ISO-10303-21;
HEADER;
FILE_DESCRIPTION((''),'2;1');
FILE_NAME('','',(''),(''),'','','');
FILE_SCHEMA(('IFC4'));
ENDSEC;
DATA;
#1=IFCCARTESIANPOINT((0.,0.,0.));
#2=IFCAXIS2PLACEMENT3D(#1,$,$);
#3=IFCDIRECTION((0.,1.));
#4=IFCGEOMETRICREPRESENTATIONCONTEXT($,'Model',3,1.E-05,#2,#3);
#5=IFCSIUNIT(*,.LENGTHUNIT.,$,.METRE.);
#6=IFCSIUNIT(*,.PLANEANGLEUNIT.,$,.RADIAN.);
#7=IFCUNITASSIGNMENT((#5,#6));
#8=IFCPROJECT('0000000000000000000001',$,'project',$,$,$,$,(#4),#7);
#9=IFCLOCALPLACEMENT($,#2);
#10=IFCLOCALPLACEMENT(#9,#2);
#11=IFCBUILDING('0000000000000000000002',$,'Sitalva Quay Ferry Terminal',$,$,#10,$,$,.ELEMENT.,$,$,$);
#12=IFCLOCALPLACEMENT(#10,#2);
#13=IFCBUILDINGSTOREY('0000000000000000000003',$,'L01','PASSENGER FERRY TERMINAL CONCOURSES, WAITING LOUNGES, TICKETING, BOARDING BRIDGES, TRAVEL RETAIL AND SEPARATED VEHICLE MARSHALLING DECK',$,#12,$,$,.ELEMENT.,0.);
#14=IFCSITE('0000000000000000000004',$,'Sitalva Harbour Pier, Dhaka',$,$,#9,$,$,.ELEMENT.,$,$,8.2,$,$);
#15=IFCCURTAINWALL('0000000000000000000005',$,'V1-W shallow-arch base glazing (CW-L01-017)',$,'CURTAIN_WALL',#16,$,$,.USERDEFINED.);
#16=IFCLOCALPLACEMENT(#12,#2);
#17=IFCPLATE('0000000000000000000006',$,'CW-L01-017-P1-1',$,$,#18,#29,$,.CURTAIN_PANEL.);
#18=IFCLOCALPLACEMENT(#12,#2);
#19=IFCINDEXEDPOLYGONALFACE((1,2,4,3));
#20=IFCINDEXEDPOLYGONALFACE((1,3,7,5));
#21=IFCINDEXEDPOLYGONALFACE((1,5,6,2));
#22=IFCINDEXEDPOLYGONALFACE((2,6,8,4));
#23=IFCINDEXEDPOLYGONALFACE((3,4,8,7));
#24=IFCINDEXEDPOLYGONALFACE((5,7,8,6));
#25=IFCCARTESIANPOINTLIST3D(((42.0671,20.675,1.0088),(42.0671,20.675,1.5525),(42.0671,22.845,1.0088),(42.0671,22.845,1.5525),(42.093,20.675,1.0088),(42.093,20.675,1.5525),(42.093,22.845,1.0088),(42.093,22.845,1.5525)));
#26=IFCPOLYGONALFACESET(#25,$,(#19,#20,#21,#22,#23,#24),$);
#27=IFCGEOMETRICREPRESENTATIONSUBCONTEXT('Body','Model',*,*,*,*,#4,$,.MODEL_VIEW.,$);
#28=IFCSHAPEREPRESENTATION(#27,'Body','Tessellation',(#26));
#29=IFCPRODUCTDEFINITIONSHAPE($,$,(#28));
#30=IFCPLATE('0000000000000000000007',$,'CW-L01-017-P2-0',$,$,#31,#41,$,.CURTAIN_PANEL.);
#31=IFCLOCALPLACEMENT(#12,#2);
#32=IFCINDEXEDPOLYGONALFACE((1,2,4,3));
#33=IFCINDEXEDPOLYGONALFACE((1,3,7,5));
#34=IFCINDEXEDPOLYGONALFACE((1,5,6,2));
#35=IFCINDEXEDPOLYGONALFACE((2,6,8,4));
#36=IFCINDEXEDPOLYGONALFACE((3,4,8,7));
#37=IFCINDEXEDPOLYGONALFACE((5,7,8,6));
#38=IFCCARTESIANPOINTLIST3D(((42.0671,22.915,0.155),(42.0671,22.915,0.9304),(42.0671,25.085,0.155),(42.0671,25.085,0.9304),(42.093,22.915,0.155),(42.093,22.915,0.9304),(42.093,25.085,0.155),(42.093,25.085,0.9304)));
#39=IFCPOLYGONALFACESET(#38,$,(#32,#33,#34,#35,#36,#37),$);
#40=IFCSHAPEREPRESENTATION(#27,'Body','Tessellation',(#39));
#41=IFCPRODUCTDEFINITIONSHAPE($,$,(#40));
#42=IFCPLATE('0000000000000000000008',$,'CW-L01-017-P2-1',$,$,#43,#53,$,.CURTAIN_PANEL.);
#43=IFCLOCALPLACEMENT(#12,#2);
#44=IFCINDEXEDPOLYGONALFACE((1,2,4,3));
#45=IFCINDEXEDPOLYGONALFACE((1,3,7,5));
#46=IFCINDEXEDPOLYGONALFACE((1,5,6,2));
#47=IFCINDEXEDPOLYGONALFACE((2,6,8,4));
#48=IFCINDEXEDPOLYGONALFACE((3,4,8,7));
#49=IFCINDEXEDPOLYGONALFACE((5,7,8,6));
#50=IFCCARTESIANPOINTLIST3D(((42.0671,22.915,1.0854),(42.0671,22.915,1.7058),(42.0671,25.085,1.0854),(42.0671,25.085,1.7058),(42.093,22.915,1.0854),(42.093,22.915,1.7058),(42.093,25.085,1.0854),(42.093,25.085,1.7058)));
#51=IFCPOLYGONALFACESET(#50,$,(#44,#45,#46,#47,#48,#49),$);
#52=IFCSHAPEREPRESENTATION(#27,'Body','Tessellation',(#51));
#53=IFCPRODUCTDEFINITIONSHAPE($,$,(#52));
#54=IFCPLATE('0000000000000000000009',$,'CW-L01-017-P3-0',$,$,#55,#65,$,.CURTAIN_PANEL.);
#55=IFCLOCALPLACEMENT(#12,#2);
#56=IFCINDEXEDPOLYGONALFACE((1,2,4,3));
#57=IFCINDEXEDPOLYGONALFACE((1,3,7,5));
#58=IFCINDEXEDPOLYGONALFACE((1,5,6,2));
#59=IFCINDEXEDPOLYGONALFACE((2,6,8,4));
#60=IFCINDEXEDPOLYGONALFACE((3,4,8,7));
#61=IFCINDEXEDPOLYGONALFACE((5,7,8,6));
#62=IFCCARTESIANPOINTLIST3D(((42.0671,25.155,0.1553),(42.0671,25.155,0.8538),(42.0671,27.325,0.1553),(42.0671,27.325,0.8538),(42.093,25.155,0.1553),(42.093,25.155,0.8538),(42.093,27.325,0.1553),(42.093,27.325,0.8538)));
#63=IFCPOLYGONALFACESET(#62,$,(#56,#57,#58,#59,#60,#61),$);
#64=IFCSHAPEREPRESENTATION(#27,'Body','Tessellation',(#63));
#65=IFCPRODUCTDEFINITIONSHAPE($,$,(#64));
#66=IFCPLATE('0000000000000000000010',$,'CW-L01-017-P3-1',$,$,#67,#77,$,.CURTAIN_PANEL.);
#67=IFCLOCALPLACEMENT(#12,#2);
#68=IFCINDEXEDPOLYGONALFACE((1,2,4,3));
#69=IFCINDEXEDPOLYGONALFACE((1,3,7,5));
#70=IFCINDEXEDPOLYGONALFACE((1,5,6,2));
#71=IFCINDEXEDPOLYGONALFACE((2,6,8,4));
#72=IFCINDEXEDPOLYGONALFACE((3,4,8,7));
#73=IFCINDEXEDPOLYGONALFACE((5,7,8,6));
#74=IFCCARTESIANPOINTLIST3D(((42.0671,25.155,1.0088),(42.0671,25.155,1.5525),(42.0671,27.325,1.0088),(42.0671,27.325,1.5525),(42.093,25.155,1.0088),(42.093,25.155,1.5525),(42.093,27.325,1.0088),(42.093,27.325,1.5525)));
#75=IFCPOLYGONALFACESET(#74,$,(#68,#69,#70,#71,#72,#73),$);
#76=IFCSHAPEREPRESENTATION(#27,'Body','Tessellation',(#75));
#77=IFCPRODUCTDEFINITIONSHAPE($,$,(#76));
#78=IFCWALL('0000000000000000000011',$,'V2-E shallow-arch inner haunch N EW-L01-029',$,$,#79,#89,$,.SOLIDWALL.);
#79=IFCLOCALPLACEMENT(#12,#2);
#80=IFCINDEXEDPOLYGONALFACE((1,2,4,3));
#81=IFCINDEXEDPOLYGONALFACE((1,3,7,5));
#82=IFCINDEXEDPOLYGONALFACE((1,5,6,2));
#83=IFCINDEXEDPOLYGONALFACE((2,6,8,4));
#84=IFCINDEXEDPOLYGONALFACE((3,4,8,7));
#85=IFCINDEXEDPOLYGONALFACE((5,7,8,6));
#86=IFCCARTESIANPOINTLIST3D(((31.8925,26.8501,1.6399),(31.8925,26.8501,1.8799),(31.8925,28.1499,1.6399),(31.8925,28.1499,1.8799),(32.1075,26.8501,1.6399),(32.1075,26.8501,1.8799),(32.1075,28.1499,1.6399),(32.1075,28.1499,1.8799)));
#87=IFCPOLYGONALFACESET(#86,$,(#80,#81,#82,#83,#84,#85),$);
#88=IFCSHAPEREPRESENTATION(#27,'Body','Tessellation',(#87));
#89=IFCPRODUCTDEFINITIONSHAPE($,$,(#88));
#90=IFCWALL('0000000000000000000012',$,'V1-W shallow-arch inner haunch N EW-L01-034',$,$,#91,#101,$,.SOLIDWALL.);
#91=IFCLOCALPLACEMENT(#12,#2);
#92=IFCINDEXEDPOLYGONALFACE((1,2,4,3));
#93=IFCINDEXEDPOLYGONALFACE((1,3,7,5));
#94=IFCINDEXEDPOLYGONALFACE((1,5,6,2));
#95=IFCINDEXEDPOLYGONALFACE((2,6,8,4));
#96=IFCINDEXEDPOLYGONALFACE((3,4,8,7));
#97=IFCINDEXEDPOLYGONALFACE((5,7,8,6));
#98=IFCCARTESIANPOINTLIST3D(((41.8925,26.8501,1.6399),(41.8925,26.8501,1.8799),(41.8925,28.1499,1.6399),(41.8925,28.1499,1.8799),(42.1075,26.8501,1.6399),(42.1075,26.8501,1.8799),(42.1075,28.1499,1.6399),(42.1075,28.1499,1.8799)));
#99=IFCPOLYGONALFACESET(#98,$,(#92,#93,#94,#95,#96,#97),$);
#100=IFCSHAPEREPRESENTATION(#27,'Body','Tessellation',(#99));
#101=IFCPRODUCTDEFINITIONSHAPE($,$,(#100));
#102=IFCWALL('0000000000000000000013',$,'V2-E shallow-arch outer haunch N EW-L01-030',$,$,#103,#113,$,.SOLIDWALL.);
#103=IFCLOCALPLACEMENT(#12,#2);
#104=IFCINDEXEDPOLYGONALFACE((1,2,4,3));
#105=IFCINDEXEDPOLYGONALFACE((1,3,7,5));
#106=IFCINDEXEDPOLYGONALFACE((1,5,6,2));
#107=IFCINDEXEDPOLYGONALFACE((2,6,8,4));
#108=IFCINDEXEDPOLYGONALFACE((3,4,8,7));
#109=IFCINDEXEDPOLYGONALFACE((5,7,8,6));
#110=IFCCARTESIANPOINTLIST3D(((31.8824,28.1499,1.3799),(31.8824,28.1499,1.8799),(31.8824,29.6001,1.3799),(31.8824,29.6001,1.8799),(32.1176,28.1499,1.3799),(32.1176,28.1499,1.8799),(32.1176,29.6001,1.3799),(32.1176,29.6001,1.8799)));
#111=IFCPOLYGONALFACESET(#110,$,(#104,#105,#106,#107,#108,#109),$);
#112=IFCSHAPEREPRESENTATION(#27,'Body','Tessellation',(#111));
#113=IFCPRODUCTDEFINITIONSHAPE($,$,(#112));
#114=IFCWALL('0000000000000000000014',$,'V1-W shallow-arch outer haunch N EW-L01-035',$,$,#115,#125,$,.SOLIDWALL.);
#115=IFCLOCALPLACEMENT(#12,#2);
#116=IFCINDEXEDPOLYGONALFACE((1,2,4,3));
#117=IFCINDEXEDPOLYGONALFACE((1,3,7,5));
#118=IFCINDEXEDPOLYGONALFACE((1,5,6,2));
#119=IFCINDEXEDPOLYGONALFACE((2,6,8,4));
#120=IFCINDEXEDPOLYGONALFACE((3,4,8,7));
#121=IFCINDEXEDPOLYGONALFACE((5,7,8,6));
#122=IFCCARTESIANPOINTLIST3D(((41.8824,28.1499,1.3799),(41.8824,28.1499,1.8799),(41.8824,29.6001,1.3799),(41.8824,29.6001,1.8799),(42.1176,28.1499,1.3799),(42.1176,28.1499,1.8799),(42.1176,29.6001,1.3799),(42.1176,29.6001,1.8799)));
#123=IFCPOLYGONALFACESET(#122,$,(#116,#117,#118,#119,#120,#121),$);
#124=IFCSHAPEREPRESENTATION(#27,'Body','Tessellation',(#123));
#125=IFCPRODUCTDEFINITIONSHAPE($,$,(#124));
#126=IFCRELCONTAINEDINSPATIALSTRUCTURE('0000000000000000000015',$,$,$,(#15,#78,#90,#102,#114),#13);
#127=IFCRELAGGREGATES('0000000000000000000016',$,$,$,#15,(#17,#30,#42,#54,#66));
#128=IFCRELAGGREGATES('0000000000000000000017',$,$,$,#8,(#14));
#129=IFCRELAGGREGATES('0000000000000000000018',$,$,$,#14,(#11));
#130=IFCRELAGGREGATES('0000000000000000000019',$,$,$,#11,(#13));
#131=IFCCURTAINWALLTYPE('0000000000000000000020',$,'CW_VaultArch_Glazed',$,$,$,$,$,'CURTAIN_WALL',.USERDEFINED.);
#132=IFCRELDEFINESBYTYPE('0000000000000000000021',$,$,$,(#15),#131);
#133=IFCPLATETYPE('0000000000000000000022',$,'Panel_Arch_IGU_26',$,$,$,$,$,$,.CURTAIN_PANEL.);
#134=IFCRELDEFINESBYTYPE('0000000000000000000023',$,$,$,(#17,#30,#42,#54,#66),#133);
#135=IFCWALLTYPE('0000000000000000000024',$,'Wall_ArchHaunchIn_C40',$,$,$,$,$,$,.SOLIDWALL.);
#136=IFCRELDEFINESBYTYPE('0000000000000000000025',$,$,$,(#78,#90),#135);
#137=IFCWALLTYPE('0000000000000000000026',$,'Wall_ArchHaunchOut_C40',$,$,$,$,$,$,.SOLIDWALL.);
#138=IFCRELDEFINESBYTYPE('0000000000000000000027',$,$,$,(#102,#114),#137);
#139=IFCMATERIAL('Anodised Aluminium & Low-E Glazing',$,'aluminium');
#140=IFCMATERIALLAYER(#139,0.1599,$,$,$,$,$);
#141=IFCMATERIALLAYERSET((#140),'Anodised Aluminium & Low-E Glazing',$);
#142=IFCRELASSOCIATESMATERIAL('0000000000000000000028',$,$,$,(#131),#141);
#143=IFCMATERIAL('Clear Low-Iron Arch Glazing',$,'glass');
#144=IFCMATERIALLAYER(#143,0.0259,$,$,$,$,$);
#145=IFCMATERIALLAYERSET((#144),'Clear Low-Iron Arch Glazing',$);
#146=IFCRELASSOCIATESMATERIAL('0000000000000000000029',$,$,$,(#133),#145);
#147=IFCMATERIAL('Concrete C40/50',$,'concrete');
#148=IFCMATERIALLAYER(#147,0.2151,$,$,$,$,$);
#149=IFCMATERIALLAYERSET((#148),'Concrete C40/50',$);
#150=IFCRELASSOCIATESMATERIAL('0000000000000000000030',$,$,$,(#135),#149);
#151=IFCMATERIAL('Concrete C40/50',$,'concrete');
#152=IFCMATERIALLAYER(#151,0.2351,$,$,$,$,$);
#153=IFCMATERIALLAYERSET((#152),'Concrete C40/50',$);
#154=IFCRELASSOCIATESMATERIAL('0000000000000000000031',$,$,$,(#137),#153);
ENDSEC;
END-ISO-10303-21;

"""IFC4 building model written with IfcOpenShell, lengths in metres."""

from ifc_helpers import new_model, si_unit, direction, frame, frame_2d, origin, origin_2d, place, context, subcontext, project, spatial, rectangle, extrude, material, layer, layer_set, type_object, element, aggregate, save


model = new_model("IFC4")

# Units and contexts
model_context = context("Model", 3, precision=1e-05, world=origin(), true_north=direction((0.0, 1.0)))
body_context = subcontext(model_context, "Body", "Model", "MODEL_VIEW")
ifc_project = project(units=[si_unit("LENGTHUNIT", "METRE"), si_unit("PLANEANGLEUNIT", "RADIAN")], contexts=[model_context])

# Site, building, storey
site_placement = place(None, origin())
site = spatial("IfcSite", under=ifc_project, at=site_placement, Name="Sitalva Harbour Pier, Dhaka", CompositionType="ELEMENT", RefElevation=8.2)
building_placement = place(site_placement, origin())
building = spatial("IfcBuilding", under=site, at=building_placement, Name="Sitalva Quay Ferry Terminal", CompositionType="ELEMENT")
storey_placement = place(building_placement, origin())
storey = spatial("IfcBuildingStorey", under=building, at=storey_placement, Name="L01", Description="PASSENGER FERRY TERMINAL CONCOURSES, WAITING LOUNGES, TICKETING, BOARDING BRIDGES, TRAVEL RETAIL AND SEPARATED VEHICLE MARSHALLING DECK", CompositionType="ELEMENT", Elevation=0.0)

# Curtain wall, plates
ifc_material_1 = material(Name="Anodised Aluminium & Low-E Glazing", Category="aluminium")
ifc_layer_1 = layer(ifc_material_1, 0.1599)
ifc_layer_set_1 = layer_set([ifc_layer_1], Name="Anodised Aluminium & Low-E Glazing")
curtain_wall_type = type_object("IfcCurtainWallType", Name="CW_VaultArch_Glazed", ElementType="CURTAIN_WALL", PredefinedType="USERDEFINED", material=ifc_layer_set_1)
curtain_wall_placement = place(storey_placement, origin())
curtain_wall = element("IfcCurtainWall", 1, at=curtain_wall_placement, inside=storey, type_object=curtain_wall_type, Name="V1-W shallow-arch base glazing (CW-L01-017)", ObjectType="CURTAIN_WALL", PredefinedType="USERDEFINED")
ifc_material_2 = material(Name="Clear Low-Iron Arch Glazing", Category="glass")
ifc_layer_2 = layer(ifc_material_2, 0.0259)
ifc_layer_set_2 = layer_set([ifc_layer_2], Name="Clear Low-Iron Arch Glazing")
plate_type = type_object("IfcPlateType", Name="Panel_Arch_IGU_26", PredefinedType="CURTAIN_PANEL", material=ifc_layer_set_2)
plate_1_placement = place(storey_placement, frame((42.0801, 21.76, 1.0088), z_axis=(0.0, 0.0, 1.0), x_axis=(0.0, 1.0, 0.0)))
plate_1 = element("IfcPlate", 2, at=plate_1_placement, type_object=plate_type, Name="CW-L01-017-P1-1", PredefinedType="CURTAIN_PANEL", context=body_context, shape_type="SweptSolid", body=[
    extrude(rectangle(XDim=2.1699, YDim=0.0259, at=origin_2d()), origin(), (0.0, 0.0, 1.0), 0.5437),
])
plate_2_placement = place(storey_placement, frame((42.0801, 24.0, 0.155), z_axis=(0.0, 0.0, 1.0), x_axis=(0.0, 1.0, 0.0)))
plate_2 = element("IfcPlate", 3, at=plate_2_placement, type_object=plate_type, Name="CW-L01-017-P2-0", PredefinedType="CURTAIN_PANEL", context=body_context, shape_type="SweptSolid", body=[
    extrude(rectangle(XDim=2.1699, YDim=0.0259, at=origin_2d()), origin(), (0.0, 0.0, 1.0), 0.7754),
])
plate_3_placement = place(storey_placement, frame((42.0801, 24.0, 1.0854), z_axis=(0.0, 0.0, 1.0), x_axis=(0.0, 1.0, 0.0)))
plate_3 = element("IfcPlate", 4, at=plate_3_placement, type_object=plate_type, Name="CW-L01-017-P2-1", PredefinedType="CURTAIN_PANEL", context=body_context, shape_type="SweptSolid", body=[
    extrude(rectangle(XDim=2.1699, YDim=0.0259, at=origin_2d()), origin(), (0.0, 0.0, 1.0), 0.6204),
])
plate_4_placement = place(storey_placement, frame((42.0801, 26.24, 0.1553), z_axis=(0.0, 0.0, 1.0), x_axis=(0.0, 1.0, 0.0)))
plate_4 = element("IfcPlate", 5, at=plate_4_placement, type_object=plate_type, Name="CW-L01-017-P3-0", PredefinedType="CURTAIN_PANEL", context=body_context, shape_type="SweptSolid", body=[
    extrude(rectangle(XDim=2.1699, YDim=0.0259, at=origin_2d()), origin(), (0.0, 0.0, 1.0), 0.6985),
])
plate_5_placement = place(storey_placement, frame((42.0801, 26.24, 1.0088), z_axis=(0.0, 0.0, 1.0), x_axis=(0.0, 1.0, 0.0)))
plate_5 = element("IfcPlate", 6, at=plate_5_placement, type_object=plate_type, Name="CW-L01-017-P3-1", PredefinedType="CURTAIN_PANEL", context=body_context, shape_type="SweptSolid", body=[
    extrude(rectangle(XDim=2.1699, YDim=0.0259, at=origin_2d()), origin(), (0.0, 0.0, 1.0), 0.5437),
])
aggregate(curtain_wall, [plate_1, plate_2, plate_3, plate_4, plate_5])

# Walls
ifc_material_3 = material(Name="Concrete C40/50", Category="concrete")
ifc_layer_3 = layer(ifc_material_3, 0.2151)
ifc_layer_set_3 = layer_set([ifc_layer_3], Name="Concrete C40/50")
wall_type_1 = type_object("IfcWallType", Name="Wall_ArchHaunchIn_C40", PredefinedType="SOLIDWALL", material=ifc_layer_set_3)
for number, where, z_axis, x_axis, name in (
    (7, (32.0, 26.8501, 1.6399), (0.0, 0.0, 1.0), (0.0, 1.0, 0.0), "V2-E shallow-arch inner haunch N EW-L01-029"),
    (8, (42.0, 26.8501, 1.6399), (0.0, 0.0, 1.0), (0.0, 1.0, 0.0), "V1-W shallow-arch inner haunch N EW-L01-034"),
):
    element("IfcWall", number, at=place(storey_placement, frame(where, z_axis=z_axis, x_axis=x_axis)), inside=storey, type_object=wall_type_1, Name=name, PredefinedType="SOLIDWALL", context=body_context, shape_type="SweptSolid", body=[
        extrude(rectangle(XDim=1.2998, YDim=0.2151, at=frame_2d((0.6499, 0.0))), origin(), (0.0, 0.0, 1.0), 0.24),
    ])
ifc_material_4 = material(Name="Concrete C40/50", Category="concrete")
ifc_layer_4 = layer(ifc_material_4, 0.2351)
ifc_layer_set_4 = layer_set([ifc_layer_4], Name="Concrete C40/50")
wall_type_2 = type_object("IfcWallType", Name="Wall_ArchHaunchOut_C40", PredefinedType="SOLIDWALL", material=ifc_layer_set_4)
for number, where, z_axis, x_axis, name in (
    (9, (32.0, 28.1499, 1.3799), (0.0, 0.0, 1.0), (0.0, 1.0, 0.0), "V2-E shallow-arch outer haunch N EW-L01-030"),
    (10, (42.0, 28.1499, 1.3799), (0.0, 0.0, 1.0), (0.0, 1.0, 0.0), "V1-W shallow-arch outer haunch N EW-L01-035"),
):
    element("IfcWall", number, at=place(storey_placement, frame(where, z_axis=z_axis, x_axis=x_axis)), inside=storey, type_object=wall_type_2, Name=name, PredefinedType="SOLIDWALL", context=body_context, shape_type="SweptSolid", body=[
        extrude(rectangle(XDim=1.4502, YDim=0.2351, at=frame_2d((0.7251, 0.0))), origin(), (0.0, 0.0, 1.0), 0.5),
    ])

save(model, "model.ifc")
